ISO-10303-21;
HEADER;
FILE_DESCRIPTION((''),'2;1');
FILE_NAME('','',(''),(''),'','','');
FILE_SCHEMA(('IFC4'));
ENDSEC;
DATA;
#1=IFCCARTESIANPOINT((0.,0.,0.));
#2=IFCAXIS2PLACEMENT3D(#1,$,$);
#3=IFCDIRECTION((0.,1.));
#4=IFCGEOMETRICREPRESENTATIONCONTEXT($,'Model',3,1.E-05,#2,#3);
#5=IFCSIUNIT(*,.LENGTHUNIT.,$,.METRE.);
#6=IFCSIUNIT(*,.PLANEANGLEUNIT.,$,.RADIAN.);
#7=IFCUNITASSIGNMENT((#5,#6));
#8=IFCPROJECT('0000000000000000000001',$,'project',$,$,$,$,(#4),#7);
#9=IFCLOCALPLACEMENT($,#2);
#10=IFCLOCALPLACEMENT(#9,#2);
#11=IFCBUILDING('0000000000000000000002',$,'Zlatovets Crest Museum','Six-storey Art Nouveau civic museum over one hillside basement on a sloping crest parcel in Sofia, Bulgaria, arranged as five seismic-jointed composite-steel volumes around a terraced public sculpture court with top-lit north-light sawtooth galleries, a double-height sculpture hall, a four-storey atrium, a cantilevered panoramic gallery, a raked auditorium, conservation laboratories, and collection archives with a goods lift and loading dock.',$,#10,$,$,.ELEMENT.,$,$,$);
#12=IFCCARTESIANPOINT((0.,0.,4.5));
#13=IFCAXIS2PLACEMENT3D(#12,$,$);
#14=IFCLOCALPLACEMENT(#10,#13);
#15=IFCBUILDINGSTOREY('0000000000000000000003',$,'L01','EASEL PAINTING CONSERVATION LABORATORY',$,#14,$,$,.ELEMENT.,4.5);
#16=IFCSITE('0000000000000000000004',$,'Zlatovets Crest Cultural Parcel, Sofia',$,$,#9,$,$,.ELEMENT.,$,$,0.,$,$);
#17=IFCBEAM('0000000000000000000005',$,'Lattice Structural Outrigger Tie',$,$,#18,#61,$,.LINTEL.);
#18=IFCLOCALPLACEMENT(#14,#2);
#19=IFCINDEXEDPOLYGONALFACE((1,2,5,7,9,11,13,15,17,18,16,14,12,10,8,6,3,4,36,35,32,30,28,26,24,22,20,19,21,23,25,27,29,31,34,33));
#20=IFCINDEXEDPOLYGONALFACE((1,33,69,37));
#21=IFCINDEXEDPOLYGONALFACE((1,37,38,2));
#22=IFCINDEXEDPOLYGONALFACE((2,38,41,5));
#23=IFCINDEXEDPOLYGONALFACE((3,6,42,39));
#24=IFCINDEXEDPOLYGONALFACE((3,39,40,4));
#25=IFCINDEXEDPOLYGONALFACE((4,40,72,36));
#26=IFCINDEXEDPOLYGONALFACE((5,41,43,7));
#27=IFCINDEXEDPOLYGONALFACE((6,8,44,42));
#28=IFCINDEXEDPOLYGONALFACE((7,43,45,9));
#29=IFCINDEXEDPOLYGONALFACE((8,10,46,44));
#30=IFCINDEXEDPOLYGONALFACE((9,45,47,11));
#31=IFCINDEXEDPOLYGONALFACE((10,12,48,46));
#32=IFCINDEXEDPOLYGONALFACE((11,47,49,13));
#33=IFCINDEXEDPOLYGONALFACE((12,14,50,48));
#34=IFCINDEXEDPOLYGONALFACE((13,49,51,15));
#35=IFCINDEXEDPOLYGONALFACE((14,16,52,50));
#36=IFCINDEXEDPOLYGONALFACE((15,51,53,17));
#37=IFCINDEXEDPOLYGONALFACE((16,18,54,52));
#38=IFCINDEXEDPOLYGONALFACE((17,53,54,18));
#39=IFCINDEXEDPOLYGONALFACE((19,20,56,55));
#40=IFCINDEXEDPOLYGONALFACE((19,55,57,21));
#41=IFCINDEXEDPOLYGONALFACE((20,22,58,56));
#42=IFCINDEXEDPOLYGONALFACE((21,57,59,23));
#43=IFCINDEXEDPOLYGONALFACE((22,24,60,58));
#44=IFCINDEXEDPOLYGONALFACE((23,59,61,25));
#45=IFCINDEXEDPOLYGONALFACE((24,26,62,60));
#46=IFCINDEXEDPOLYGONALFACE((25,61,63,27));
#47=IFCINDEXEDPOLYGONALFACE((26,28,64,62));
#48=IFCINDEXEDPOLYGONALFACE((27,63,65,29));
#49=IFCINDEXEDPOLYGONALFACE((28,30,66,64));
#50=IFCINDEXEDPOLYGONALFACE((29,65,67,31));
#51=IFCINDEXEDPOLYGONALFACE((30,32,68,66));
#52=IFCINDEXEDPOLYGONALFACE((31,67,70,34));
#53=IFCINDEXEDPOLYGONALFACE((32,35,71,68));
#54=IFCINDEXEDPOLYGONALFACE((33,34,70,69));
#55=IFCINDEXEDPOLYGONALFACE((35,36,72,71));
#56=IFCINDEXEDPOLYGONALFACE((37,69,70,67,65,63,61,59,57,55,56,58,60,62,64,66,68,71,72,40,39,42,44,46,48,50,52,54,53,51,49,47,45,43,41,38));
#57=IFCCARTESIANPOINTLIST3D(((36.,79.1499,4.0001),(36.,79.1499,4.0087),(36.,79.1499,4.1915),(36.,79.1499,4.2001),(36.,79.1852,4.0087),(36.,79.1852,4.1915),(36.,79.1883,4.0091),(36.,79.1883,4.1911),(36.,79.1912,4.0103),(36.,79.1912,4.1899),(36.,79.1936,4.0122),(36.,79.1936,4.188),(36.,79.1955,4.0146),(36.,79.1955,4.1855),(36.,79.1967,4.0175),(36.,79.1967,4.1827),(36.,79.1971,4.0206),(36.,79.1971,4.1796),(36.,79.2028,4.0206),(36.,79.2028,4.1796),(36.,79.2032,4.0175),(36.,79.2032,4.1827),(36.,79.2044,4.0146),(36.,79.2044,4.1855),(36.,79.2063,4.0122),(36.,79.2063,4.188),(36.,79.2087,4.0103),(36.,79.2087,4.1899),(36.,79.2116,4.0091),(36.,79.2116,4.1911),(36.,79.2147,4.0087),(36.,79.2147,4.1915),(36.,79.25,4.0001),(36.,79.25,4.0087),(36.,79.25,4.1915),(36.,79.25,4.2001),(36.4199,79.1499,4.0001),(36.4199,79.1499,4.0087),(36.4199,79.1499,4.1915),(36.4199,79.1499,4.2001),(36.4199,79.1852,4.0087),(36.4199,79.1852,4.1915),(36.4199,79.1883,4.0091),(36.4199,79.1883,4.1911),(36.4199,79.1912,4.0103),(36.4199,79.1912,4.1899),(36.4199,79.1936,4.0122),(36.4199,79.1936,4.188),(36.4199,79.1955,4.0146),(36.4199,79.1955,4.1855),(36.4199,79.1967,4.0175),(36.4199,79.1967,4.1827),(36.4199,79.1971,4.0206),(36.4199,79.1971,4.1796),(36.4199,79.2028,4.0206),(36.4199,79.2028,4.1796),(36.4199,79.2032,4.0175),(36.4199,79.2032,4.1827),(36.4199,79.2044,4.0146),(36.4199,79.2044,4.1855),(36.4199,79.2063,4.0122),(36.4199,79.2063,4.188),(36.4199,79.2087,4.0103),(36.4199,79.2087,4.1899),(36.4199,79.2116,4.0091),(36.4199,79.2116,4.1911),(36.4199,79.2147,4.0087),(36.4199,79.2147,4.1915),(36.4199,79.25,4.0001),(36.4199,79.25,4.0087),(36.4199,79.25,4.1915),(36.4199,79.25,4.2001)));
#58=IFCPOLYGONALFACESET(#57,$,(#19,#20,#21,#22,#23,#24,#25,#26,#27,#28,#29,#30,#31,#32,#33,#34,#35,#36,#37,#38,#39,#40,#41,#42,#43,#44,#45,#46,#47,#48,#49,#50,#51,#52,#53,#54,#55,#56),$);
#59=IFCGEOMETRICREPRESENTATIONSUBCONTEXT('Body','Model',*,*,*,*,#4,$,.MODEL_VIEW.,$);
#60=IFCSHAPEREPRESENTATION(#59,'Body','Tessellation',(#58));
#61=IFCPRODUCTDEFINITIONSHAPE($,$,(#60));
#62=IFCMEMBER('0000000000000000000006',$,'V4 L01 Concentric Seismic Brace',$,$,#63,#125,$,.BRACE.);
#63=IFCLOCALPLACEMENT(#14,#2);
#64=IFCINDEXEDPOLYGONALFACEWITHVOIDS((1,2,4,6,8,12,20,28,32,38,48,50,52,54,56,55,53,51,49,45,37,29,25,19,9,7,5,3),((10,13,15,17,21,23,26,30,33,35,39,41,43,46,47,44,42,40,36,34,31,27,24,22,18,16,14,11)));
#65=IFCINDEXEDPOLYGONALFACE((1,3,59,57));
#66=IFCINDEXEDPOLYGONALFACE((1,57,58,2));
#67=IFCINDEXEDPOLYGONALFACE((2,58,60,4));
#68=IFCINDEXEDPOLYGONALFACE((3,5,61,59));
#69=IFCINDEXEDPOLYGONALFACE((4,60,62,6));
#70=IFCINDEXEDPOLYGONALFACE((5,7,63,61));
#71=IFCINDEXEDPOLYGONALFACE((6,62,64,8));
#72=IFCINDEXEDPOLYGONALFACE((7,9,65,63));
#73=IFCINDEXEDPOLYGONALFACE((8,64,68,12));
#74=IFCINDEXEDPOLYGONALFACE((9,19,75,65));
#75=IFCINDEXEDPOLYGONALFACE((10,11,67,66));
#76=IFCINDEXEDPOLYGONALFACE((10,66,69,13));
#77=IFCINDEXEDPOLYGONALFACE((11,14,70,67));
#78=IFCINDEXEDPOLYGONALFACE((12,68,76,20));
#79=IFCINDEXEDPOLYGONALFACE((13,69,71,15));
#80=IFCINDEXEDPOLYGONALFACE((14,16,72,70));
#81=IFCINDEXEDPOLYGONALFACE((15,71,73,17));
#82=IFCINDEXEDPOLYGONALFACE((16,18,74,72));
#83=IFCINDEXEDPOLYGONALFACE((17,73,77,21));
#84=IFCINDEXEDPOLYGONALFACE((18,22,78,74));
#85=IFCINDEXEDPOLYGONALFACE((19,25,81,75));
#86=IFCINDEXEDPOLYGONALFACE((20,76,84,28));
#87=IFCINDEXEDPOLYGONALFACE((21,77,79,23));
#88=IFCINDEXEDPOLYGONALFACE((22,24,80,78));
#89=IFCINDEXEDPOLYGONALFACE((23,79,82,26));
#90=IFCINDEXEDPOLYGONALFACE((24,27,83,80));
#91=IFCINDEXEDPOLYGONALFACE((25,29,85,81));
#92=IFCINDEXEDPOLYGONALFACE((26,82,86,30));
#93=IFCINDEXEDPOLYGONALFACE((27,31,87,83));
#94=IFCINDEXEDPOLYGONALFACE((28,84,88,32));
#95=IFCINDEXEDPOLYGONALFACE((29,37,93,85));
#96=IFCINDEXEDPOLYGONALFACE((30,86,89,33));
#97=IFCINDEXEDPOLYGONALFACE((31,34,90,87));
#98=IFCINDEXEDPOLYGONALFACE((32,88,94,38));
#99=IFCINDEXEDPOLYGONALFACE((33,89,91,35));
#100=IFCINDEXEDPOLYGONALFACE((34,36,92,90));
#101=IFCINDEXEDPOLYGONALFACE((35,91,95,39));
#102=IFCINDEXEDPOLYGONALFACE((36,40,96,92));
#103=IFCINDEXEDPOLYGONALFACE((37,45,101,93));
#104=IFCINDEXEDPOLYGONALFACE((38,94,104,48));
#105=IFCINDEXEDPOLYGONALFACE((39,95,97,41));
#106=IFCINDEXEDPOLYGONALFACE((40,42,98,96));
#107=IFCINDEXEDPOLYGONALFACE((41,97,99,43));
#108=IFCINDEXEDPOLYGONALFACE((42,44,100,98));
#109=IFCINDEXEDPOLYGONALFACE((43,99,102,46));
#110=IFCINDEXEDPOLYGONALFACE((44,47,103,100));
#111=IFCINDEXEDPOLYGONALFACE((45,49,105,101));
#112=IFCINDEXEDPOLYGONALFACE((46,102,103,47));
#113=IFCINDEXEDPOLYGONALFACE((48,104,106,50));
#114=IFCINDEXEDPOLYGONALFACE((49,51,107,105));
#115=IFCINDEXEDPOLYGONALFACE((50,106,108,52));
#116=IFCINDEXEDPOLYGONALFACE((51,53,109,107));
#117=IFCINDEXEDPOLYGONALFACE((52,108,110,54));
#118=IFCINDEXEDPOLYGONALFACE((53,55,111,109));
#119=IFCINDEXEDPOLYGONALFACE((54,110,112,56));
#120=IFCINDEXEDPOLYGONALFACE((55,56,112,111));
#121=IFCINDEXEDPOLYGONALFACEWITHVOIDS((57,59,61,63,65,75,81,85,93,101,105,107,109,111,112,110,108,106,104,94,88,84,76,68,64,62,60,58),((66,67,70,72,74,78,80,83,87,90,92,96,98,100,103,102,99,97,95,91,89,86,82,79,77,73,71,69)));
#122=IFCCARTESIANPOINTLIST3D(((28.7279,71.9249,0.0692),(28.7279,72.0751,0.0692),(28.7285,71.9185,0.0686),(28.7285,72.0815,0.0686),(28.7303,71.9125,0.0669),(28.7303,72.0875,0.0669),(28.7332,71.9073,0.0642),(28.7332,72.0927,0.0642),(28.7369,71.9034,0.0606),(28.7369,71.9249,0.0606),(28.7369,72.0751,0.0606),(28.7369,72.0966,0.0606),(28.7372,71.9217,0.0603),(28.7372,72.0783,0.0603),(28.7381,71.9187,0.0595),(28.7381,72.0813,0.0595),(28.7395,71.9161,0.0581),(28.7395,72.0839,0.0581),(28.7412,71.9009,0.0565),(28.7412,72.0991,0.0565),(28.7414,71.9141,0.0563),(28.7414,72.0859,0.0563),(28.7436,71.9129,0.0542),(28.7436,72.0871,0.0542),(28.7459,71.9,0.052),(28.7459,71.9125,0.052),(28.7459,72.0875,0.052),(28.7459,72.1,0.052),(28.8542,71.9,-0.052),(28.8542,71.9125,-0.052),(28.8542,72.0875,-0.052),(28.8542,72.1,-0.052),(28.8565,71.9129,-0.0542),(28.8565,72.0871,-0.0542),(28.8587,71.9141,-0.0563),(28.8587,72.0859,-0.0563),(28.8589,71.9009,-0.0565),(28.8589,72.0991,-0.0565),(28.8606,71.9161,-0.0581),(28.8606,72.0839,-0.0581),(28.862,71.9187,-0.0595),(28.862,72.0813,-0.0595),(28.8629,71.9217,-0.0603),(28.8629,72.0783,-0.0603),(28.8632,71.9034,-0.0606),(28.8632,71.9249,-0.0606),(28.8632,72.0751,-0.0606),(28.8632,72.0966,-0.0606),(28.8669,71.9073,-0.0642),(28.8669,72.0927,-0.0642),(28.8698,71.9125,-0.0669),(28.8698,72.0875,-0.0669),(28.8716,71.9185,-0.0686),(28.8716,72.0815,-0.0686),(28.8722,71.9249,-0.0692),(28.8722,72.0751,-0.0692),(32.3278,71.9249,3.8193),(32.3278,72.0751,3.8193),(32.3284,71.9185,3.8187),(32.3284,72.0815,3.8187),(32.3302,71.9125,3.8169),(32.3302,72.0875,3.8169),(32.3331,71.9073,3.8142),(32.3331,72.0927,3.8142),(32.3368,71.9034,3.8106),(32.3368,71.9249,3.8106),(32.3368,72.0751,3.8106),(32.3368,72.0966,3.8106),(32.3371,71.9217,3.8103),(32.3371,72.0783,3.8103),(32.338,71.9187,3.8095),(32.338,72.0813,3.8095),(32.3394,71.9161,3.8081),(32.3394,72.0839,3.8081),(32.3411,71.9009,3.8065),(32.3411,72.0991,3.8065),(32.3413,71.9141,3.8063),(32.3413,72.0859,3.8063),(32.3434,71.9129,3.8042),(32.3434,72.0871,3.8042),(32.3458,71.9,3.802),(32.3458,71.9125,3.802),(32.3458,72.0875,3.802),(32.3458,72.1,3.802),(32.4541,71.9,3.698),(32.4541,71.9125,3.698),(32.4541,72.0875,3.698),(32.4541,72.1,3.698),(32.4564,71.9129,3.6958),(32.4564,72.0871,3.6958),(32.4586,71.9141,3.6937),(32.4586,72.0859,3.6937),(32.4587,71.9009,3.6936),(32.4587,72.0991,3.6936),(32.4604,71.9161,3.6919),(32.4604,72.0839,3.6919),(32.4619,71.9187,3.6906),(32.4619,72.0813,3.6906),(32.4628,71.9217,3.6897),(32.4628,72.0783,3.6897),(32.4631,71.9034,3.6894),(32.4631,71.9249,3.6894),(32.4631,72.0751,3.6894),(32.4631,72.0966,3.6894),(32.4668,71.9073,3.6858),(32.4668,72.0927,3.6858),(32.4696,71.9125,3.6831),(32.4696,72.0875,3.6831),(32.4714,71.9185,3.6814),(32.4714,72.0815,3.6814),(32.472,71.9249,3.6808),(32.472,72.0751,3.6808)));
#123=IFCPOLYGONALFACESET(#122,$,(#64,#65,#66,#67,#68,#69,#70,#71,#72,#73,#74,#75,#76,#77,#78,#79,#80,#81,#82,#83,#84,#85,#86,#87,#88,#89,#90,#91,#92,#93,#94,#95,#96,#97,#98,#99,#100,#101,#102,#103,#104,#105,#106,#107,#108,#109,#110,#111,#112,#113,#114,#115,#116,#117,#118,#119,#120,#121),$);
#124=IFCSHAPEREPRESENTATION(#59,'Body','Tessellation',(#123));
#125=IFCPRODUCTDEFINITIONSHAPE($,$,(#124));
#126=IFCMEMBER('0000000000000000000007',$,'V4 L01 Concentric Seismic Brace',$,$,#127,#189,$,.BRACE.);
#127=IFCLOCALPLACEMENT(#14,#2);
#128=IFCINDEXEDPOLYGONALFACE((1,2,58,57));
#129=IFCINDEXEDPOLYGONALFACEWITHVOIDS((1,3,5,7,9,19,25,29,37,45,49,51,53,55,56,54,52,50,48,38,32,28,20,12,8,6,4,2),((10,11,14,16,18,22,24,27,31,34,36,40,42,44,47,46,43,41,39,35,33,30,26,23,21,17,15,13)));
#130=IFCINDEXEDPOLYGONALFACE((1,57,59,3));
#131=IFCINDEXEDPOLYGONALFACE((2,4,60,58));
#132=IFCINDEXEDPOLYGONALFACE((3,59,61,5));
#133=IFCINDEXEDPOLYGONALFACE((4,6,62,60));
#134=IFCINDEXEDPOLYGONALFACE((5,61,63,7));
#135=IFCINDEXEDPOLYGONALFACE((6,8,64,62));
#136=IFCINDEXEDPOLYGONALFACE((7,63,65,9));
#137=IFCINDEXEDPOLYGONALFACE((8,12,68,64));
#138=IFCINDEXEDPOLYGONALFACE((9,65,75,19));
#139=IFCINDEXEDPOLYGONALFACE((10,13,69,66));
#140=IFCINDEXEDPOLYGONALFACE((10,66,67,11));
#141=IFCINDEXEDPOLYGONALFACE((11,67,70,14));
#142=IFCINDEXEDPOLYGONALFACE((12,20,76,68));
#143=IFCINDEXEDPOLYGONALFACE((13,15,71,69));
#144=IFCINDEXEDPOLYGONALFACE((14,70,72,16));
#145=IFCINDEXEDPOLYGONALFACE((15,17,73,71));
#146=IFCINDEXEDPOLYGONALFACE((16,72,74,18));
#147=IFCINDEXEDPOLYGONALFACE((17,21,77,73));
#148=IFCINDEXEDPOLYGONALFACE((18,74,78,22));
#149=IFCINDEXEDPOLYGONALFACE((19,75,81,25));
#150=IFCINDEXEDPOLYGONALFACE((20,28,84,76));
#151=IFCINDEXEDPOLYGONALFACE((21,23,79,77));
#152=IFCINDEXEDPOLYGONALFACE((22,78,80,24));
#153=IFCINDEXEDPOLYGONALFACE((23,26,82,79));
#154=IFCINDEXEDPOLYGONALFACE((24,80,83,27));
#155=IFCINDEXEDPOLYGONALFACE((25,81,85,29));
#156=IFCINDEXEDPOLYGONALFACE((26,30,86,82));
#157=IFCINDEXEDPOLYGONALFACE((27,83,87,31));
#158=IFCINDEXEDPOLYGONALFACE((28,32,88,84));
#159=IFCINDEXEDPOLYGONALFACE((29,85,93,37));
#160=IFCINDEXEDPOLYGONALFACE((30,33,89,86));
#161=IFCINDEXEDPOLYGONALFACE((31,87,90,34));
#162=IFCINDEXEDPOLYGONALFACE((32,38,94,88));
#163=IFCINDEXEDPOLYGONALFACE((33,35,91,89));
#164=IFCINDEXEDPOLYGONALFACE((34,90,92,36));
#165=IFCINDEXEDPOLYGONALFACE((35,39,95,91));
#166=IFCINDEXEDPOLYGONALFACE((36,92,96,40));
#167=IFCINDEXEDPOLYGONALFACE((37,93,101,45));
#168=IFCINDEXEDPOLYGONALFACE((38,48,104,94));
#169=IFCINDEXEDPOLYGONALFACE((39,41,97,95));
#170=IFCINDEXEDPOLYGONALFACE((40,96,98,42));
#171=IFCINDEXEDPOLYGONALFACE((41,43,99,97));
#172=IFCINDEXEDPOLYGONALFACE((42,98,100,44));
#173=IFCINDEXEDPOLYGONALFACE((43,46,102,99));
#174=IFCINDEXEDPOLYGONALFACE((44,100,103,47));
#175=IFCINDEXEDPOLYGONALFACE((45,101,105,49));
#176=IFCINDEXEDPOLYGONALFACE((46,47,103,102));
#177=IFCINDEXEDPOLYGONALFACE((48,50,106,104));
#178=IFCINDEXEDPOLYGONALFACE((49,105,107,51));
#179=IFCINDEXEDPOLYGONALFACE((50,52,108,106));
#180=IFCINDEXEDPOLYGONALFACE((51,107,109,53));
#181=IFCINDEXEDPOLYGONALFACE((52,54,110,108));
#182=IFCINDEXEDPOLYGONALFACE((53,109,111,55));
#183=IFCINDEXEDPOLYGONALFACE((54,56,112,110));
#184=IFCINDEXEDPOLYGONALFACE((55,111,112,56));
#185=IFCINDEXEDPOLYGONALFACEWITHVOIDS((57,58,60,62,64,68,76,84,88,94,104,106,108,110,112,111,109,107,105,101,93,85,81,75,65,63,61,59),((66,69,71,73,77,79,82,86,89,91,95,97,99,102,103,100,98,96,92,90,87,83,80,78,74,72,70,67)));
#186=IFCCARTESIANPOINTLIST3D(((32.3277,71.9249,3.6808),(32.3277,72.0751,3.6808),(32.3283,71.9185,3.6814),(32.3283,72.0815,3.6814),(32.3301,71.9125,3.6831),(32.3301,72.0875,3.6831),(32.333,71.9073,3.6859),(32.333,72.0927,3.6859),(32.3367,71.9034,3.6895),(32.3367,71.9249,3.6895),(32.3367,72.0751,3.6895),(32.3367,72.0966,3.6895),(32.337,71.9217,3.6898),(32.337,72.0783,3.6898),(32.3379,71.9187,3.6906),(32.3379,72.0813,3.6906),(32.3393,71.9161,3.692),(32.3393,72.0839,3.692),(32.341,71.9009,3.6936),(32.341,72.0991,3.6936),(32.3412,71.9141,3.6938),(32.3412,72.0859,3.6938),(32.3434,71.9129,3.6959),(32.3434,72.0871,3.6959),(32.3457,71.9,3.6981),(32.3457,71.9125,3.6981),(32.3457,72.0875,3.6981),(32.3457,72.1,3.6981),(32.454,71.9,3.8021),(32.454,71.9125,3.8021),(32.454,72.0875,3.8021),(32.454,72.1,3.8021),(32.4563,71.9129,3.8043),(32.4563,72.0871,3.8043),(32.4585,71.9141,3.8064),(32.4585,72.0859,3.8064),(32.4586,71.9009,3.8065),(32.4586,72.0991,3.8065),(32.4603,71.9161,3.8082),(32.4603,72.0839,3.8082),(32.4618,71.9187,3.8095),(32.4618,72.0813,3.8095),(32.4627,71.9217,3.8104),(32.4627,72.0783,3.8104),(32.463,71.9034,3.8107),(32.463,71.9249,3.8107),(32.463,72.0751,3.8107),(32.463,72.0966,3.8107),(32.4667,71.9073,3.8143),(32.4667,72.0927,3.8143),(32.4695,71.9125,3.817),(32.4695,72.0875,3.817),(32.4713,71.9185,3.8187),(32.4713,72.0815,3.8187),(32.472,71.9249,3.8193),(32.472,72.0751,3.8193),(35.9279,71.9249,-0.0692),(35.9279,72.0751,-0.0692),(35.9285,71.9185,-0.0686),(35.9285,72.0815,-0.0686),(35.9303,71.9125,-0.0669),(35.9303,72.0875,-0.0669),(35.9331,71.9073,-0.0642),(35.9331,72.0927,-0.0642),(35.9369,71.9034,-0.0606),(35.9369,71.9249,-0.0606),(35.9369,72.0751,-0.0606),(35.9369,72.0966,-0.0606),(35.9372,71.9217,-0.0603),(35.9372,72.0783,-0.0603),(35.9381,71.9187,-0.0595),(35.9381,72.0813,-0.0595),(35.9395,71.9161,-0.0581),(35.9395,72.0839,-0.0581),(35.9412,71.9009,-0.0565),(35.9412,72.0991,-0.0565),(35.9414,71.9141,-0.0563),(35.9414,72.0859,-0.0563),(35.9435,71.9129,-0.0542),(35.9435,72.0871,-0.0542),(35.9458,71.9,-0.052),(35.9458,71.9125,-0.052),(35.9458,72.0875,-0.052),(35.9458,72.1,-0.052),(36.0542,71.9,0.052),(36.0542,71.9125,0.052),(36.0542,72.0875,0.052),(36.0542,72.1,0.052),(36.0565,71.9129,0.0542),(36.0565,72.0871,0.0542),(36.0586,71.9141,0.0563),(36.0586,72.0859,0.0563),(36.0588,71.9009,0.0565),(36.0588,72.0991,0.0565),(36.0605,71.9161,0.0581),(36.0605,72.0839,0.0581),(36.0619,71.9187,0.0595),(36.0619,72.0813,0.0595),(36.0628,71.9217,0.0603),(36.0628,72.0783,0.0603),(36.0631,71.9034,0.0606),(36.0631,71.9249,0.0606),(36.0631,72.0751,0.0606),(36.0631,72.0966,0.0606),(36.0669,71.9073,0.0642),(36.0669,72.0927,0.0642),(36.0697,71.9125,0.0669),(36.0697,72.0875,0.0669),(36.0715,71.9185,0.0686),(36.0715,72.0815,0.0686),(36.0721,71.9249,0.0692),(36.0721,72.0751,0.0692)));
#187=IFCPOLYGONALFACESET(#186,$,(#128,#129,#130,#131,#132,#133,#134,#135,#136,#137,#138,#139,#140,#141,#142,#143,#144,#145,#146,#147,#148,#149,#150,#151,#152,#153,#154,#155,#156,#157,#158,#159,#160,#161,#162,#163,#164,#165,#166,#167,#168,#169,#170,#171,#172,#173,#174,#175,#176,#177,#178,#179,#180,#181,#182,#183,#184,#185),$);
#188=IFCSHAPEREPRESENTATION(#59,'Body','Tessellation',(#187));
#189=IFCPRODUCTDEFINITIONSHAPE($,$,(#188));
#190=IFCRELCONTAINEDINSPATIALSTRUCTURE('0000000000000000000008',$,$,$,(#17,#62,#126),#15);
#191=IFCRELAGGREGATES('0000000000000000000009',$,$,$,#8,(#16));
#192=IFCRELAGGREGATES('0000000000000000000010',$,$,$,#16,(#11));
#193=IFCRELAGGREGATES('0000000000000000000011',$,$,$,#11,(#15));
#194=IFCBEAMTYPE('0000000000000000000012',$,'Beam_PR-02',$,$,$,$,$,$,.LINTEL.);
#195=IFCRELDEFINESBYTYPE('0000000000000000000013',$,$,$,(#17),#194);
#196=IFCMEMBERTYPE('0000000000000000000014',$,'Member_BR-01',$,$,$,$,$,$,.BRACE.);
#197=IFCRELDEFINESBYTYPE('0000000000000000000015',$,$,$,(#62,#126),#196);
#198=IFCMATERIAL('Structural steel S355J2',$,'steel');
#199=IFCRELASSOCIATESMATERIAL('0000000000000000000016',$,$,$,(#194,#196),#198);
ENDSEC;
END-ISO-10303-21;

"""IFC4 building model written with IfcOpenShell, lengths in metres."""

from ifc_helpers import new_model, si_unit, direction, frame, origin, origin_2d, place, context, subcontext, project, spatial, hollow_rectangle, i_section, extrude, material, material_profile, profile_set, type_object, element, save


model = new_model("IFC4")

# Units and contexts
model_context = context("Model", 3, precision=1e-05, world=origin(), true_north=direction((0.0, 1.0)))
body_context = subcontext(model_context, "Body", "Model", "MODEL_VIEW")
ifc_project = project(units=[si_unit("LENGTHUNIT", "METRE"), si_unit("PLANEANGLEUNIT", "RADIAN")], contexts=[model_context])

# Site, building, storey
site_placement = place(None, origin())
site = spatial("IfcSite", under=ifc_project, at=site_placement, Name="Zlatovets Crest Cultural Parcel, Sofia", CompositionType="ELEMENT", RefElevation=0.0)
building_placement = place(site_placement, origin())
building = spatial("IfcBuilding", under=site, at=building_placement, Name="Zlatovets Crest Museum", Description="Six-storey Art Nouveau civic museum over one hillside basement on a sloping crest parcel in Sofia, Bulgaria, arranged as five seismic-jointed composite-steel volumes around a terraced public sculpture court with top-lit north-light sawtooth galleries, a double-height sculpture hall, a four-storey atrium, a cantilevered panoramic gallery, a raked auditorium, conservation laboratories, and collection archives with a goods lift and loading dock.", CompositionType="ELEMENT")
storey_placement = place(building_placement, frame((0.0, 0.0, 4.5)))
storey = spatial("IfcBuildingStorey", under=building, at=storey_placement, Name="L01", Description="EASEL PAINTING CONSERVATION LABORATORY", CompositionType="ELEMENT", Elevation=4.5)

# Shared definitions
ifc_material_1 = material(Name="Structural steel S355J2", Category="steel")

# Beam
ifc_material_profile_1 = material_profile(ifc_material_1, i_section(OverallWidth=0.1001, OverallDepth=0.2, WebThickness=0.0056, FlangeThickness=0.0085, FilletRadius=0.012, at=origin_2d()), Name="IPE 200")
ifc_profile_set_1 = profile_set([ifc_material_profile_1], Name="Structural steel S355J2")
beam_type_1 = type_object("IfcBeamType", Name="Beam_PR-02", PredefinedType="LINTEL", material=ifc_profile_set_1)
for number, where, z_axis, x_axis, name in (
    (1, (36.0, 79.2, 4.1001), (1.0, 0.0, 0.0), (0.0, 1.0, 0.0), "Lattice Structural Outrigger Tie"),
):
    element("IfcBeam", number, at=place(storey_placement, frame(where, z_axis=z_axis, x_axis=x_axis)), inside=storey, type_object=beam_type_1, Name=name, PredefinedType="LINTEL", context=body_context, shape_type="SweptSolid", body=[
        extrude(i_section(OverallWidth=0.1001, OverallDepth=0.2, WebThickness=0.0056, FlangeThickness=0.0085, FilletRadius=0.012, at=origin_2d()), origin(), (0.0, 0.0, 1.0), 0.4199),
    ])

# Members
ifc_material_profile_2 = material_profile(ifc_material_1, hollow_rectangle(XDim=0.2, YDim=0.2, WallThickness=0.0125, InnerFilletRadius=0.0125, OuterFilletRadius=0.0249, at=origin_2d()), Name="SHS 200x200x12.5")
ifc_profile_set_2 = profile_set([ifc_material_profile_2], Name="Structural steel S355J2")
member_type = type_object("IfcMemberType", Name="Member_BR-01", PredefinedType="BRACE", material=ifc_profile_set_2)
member_1_placement = place(storey_placement, frame((28.8, 72.0, 0.0), z_axis=(0.692517, 0.0, 0.721401), x_axis=(0.0, 1.0, 0.0)))
element("IfcMember", 2, at=member_1_placement, inside=storey, type_object=member_type, Name="V4 L01 Concentric Seismic Brace", PredefinedType="BRACE", context=body_context, shape_type="SweptSolid", body=[
    extrude(hollow_rectangle(XDim=0.2, YDim=0.2, WallThickness=0.0125, InnerFilletRadius=0.0125, OuterFilletRadius=0.0249, at=origin_2d()), origin(), (0.0, 0.0, 1.0), 5.1982),
])
member_2_placement = place(storey_placement, frame((36.0, 72.0, 0.0), z_axis=(-0.692542, 0.0, 0.721378), x_axis=(0.0, -1.0, 0.0)))
element("IfcMember", 3, at=member_2_placement, inside=storey, type_object=member_type, Name="V4 L01 Concentric Seismic Brace", PredefinedType="BRACE", context=body_context, shape_type="SweptSolid", body=[
    extrude(hollow_rectangle(XDim=0.2, YDim=0.2, WallThickness=0.0125, InnerFilletRadius=0.0125, OuterFilletRadius=0.0249, at=origin_2d()), origin(), (0.0, 0.0, 1.0), 5.1985),
])

save(model, "model.ifc")
